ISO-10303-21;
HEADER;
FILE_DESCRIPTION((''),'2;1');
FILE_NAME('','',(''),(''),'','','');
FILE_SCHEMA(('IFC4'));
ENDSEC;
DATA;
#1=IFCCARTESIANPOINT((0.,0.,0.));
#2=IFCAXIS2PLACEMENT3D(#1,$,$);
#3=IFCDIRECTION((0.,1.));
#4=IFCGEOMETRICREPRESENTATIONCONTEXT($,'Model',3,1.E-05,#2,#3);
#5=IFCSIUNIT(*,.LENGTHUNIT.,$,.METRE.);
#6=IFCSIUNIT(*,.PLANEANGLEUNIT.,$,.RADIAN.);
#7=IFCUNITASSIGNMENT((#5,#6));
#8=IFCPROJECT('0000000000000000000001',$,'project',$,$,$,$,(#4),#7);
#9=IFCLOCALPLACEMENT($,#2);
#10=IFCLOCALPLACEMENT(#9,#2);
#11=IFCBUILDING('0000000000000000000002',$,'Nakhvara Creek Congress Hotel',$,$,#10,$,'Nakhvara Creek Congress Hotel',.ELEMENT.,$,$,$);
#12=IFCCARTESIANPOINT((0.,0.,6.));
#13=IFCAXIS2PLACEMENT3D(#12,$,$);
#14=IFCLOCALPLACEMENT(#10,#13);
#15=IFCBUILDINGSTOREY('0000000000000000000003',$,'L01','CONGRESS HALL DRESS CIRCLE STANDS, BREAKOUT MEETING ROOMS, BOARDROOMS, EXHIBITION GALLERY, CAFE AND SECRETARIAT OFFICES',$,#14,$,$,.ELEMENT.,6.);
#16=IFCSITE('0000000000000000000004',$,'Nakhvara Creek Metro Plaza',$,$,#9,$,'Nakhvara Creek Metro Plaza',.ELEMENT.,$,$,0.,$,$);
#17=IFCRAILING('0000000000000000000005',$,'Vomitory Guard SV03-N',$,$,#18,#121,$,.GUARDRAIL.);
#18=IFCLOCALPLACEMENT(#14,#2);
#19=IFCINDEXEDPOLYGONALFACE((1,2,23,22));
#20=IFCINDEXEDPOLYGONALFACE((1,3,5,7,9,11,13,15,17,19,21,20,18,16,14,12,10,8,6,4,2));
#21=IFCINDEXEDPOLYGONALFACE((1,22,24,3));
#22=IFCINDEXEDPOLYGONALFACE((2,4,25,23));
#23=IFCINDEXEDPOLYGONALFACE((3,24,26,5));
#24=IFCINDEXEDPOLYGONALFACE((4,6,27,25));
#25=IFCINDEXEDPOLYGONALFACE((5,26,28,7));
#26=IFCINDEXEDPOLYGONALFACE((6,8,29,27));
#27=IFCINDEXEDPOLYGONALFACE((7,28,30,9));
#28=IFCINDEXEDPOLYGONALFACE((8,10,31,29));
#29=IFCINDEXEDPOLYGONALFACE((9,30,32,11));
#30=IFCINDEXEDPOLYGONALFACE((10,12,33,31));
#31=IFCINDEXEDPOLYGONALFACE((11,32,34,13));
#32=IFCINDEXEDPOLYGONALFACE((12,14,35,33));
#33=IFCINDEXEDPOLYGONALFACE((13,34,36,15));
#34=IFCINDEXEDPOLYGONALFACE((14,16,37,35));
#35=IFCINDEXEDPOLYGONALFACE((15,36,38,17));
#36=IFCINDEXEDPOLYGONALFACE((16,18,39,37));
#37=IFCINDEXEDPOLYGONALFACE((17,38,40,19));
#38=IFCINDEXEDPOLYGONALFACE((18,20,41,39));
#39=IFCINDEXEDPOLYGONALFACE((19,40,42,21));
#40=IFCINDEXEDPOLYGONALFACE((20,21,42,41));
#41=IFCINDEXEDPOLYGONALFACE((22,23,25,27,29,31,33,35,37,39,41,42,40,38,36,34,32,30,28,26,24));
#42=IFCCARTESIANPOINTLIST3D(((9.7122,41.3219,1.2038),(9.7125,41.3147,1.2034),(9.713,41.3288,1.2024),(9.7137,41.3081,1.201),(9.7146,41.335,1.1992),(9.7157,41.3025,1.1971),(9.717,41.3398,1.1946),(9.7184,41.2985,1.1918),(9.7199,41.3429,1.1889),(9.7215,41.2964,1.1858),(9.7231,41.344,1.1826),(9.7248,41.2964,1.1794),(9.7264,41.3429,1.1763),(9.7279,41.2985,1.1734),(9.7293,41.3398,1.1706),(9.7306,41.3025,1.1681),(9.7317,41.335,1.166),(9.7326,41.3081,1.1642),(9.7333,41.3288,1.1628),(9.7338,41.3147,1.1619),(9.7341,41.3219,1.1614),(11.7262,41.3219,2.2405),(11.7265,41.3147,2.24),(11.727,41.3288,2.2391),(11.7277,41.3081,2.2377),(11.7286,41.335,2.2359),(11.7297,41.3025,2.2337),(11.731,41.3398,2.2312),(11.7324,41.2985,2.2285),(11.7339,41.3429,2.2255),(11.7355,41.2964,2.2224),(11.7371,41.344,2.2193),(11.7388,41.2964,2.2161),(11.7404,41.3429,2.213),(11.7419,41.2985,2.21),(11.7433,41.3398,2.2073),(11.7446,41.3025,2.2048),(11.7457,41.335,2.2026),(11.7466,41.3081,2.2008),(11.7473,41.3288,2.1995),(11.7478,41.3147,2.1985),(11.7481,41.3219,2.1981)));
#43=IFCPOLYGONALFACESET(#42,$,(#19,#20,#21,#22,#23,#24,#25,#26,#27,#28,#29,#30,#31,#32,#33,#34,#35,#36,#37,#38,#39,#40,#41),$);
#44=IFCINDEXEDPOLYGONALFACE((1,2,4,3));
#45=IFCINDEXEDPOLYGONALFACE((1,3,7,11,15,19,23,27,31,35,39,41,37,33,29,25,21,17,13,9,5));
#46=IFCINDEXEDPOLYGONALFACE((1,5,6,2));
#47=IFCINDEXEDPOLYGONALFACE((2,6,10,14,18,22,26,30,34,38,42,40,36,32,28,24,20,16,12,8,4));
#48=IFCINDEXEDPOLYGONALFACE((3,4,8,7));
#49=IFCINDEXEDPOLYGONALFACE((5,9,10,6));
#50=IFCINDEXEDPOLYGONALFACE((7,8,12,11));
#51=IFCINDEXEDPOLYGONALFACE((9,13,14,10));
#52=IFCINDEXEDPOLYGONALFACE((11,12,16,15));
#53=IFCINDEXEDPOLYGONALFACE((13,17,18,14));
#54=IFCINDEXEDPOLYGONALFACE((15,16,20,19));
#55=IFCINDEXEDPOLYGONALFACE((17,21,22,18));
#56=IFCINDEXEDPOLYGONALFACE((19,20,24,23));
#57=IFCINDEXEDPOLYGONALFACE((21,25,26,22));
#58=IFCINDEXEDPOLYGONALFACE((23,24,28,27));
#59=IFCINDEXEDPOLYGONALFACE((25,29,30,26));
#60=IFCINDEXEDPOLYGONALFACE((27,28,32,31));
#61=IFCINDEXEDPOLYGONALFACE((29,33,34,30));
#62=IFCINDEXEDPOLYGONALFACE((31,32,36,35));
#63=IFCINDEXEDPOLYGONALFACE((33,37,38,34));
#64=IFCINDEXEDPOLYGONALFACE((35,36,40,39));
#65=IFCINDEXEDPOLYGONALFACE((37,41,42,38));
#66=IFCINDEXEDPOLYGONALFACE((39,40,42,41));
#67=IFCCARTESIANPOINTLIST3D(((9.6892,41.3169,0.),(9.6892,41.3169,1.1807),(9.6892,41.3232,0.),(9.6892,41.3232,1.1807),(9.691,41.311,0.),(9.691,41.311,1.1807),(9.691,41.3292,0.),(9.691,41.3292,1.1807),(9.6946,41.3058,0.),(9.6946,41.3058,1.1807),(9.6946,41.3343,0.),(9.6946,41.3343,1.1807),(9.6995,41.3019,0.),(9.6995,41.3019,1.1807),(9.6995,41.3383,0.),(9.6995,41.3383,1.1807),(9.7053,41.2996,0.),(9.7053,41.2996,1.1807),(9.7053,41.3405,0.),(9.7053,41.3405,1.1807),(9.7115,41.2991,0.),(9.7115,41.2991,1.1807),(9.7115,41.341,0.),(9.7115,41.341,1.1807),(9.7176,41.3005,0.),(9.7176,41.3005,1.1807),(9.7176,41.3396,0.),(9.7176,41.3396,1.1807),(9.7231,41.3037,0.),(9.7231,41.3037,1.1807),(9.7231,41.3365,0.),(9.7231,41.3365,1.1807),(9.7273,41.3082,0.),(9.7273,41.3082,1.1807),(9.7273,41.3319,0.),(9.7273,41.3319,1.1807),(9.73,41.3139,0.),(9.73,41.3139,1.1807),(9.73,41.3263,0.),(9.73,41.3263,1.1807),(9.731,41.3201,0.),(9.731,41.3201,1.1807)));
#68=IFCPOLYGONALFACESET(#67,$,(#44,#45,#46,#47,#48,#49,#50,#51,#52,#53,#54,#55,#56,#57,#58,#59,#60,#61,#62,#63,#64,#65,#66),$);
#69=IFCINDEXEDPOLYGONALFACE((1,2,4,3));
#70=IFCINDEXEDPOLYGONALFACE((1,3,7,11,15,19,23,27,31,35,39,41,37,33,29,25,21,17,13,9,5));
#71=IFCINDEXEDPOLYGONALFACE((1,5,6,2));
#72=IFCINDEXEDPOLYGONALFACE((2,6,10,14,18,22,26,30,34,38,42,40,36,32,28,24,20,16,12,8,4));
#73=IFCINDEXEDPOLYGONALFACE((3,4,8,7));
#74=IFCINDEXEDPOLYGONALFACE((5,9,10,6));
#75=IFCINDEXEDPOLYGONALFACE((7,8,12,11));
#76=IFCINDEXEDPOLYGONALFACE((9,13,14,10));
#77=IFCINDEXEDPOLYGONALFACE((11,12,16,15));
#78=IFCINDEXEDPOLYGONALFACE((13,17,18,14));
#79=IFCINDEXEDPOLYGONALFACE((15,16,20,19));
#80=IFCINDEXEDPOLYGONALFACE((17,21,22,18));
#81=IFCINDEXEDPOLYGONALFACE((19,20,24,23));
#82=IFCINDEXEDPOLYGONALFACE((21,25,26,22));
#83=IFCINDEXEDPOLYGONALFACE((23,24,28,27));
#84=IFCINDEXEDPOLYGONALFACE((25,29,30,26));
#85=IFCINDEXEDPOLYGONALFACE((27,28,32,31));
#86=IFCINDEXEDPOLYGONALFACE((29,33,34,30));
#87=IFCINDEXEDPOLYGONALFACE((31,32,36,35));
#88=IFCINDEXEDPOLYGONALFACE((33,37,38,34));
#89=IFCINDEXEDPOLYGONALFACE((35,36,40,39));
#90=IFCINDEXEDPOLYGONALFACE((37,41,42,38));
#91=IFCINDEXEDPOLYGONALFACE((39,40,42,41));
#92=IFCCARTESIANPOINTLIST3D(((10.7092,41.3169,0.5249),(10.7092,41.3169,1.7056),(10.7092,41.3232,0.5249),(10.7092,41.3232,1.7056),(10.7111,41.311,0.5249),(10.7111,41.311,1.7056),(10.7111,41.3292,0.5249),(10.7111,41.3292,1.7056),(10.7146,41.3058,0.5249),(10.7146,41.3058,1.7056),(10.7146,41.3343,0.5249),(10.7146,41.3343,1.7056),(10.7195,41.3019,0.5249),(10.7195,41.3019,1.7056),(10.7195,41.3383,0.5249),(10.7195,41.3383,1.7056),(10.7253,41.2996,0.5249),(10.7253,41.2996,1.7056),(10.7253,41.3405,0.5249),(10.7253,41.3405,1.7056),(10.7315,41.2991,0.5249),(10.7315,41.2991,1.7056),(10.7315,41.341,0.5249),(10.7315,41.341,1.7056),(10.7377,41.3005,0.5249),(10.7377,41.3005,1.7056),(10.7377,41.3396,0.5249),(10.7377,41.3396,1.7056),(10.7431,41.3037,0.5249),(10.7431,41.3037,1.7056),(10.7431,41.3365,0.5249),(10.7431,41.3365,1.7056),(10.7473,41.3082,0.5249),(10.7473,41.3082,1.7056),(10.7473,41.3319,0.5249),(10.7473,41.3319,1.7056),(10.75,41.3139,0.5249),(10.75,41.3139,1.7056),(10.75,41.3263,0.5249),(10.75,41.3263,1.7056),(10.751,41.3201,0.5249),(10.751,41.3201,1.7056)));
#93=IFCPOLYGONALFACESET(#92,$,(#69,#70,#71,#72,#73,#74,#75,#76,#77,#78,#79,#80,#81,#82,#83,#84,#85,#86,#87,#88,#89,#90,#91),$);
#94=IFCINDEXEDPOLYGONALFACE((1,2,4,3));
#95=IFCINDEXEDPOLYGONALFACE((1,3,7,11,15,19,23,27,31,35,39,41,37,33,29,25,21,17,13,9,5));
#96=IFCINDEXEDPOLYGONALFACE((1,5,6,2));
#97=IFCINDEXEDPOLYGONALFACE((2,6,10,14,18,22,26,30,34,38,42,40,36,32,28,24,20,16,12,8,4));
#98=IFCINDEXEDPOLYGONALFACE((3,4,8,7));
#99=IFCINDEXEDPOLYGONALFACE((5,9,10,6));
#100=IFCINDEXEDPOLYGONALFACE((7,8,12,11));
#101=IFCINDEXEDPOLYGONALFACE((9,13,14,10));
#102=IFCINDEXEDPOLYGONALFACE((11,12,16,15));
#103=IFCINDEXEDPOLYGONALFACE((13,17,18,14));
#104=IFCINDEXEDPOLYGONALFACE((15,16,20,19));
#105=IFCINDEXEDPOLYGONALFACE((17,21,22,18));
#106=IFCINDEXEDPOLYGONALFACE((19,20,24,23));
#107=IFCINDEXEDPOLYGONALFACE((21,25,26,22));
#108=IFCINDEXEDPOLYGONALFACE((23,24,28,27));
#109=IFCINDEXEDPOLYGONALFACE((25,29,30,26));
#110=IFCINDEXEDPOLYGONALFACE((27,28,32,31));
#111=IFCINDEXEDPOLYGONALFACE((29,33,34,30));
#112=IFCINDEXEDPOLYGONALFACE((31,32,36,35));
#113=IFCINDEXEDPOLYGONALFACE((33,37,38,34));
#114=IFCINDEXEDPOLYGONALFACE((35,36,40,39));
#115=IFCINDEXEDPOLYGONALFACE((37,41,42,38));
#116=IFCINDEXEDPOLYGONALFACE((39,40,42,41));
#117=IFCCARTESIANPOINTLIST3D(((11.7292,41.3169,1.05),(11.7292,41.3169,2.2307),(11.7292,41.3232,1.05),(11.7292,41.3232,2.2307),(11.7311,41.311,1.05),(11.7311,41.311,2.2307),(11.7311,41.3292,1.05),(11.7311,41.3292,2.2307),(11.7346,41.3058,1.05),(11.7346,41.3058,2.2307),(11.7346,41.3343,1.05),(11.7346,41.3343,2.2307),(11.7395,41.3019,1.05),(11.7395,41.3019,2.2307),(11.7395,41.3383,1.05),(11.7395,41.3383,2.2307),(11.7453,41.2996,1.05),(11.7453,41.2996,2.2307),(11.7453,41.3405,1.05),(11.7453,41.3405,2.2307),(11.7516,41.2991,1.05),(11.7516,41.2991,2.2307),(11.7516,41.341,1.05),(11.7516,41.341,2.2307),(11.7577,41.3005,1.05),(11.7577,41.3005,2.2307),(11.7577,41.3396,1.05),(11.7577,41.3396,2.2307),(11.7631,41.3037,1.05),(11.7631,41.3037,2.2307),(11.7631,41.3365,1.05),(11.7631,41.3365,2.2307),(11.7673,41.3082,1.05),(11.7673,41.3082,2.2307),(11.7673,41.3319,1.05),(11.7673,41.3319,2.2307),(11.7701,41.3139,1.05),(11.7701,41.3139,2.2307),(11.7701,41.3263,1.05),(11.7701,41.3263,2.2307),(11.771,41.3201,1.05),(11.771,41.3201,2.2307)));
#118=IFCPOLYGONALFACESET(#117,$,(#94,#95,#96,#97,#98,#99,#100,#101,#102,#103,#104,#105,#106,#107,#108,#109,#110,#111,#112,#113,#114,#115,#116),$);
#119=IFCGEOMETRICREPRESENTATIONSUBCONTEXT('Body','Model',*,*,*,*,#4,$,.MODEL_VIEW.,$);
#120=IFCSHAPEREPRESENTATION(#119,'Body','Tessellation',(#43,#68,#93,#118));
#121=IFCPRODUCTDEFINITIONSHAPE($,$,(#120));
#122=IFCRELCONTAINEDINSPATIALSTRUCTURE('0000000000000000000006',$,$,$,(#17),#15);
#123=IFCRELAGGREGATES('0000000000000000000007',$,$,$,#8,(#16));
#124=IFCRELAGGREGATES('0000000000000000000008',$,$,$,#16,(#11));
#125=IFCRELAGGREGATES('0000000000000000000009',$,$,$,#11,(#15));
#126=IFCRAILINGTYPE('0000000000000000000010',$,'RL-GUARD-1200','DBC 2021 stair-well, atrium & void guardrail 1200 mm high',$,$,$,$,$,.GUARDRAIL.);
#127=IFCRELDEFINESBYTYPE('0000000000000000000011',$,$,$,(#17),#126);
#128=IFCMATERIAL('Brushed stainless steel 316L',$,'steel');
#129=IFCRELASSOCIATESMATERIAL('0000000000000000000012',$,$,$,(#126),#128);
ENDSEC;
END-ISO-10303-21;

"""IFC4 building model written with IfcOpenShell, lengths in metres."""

from ifc_helpers import new_model, si_unit, direction, frame, origin, origin_2d, place, context, subcontext, project, spatial, circle, extrude, material, type_object, element, save


model = new_model("IFC4")

# Units and contexts
model_context = context("Model", 3, precision=1e-05, world=origin(), true_north=direction((0.0, 1.0)))
body_context = subcontext(model_context, "Body", "Model", "MODEL_VIEW")
ifc_project = project(units=[si_unit("LENGTHUNIT", "METRE"), si_unit("PLANEANGLEUNIT", "RADIAN")], contexts=[model_context])

# Site, building, storey
site_placement = place(None, origin())
site = spatial("IfcSite", under=ifc_project, at=site_placement, Name="Nakhvara Creek Metro Plaza", LongName="Nakhvara Creek Metro Plaza", CompositionType="ELEMENT", RefElevation=0.0)
building_placement = place(site_placement, origin())
building = spatial("IfcBuilding", under=site, at=building_placement, Name="Nakhvara Creek Congress Hotel", LongName="Nakhvara Creek Congress Hotel", CompositionType="ELEMENT")
storey_placement = place(building_placement, frame((0.0, 0.0, 6.0)))
storey = spatial("IfcBuildingStorey", under=building, at=storey_placement, Name="L01", Description="CONGRESS HALL DRESS CIRCLE STANDS, BREAKOUT MEETING ROOMS, BOARDROOMS, EXHIBITION GALLERY, CAFE AND SECRETARIAT OFFICES", CompositionType="ELEMENT", Elevation=6.0)

# Railing
ifc_material_1 = material(Name="Brushed stainless steel 316L", Category="steel")
railing_type_1 = type_object("IfcRailingType", Name="RL-GUARD-1200", Description="DBC 2021 stair-well, atrium & void guardrail 1200 mm high", PredefinedType="GUARDRAIL", material=ifc_material_1)
for number, where, name in (
    (1, (9.71, 41.3201, 0.0), "Vomitory Guard SV03-N"),
):
    element("IfcRailing", number, at=place(storey_placement, frame(where)), inside=storey, type_object=railing_type_1, Name=name, PredefinedType="GUARDRAIL", context=body_context, shape_type="SweptSolid", body=[
        extrude(circle(Radius=0.0239, at=origin_2d()), frame((0.0132, 0.0, 1.1826), z_axis=(0.889131, 0.0, 0.457653), x_axis=(0.0, 1.0, 0.0)), (0.0, 0.0, 1.0), 2.2651),
        extrude(circle(Radius=0.021, at=origin_2d()), origin(), (0.0, 0.0, 1.0), 1.1807),
        extrude(circle(Radius=0.021, at=origin_2d()), frame((1.02, 0.0, 0.5249)), (0.0, 0.0, 1.0), 1.1807),
        extrude(circle(Radius=0.021, at=origin_2d()), frame((2.04, 0.0, 1.05)), (0.0, 0.0, 1.0), 1.1807),
    ])

save(model, "model.ifc")
